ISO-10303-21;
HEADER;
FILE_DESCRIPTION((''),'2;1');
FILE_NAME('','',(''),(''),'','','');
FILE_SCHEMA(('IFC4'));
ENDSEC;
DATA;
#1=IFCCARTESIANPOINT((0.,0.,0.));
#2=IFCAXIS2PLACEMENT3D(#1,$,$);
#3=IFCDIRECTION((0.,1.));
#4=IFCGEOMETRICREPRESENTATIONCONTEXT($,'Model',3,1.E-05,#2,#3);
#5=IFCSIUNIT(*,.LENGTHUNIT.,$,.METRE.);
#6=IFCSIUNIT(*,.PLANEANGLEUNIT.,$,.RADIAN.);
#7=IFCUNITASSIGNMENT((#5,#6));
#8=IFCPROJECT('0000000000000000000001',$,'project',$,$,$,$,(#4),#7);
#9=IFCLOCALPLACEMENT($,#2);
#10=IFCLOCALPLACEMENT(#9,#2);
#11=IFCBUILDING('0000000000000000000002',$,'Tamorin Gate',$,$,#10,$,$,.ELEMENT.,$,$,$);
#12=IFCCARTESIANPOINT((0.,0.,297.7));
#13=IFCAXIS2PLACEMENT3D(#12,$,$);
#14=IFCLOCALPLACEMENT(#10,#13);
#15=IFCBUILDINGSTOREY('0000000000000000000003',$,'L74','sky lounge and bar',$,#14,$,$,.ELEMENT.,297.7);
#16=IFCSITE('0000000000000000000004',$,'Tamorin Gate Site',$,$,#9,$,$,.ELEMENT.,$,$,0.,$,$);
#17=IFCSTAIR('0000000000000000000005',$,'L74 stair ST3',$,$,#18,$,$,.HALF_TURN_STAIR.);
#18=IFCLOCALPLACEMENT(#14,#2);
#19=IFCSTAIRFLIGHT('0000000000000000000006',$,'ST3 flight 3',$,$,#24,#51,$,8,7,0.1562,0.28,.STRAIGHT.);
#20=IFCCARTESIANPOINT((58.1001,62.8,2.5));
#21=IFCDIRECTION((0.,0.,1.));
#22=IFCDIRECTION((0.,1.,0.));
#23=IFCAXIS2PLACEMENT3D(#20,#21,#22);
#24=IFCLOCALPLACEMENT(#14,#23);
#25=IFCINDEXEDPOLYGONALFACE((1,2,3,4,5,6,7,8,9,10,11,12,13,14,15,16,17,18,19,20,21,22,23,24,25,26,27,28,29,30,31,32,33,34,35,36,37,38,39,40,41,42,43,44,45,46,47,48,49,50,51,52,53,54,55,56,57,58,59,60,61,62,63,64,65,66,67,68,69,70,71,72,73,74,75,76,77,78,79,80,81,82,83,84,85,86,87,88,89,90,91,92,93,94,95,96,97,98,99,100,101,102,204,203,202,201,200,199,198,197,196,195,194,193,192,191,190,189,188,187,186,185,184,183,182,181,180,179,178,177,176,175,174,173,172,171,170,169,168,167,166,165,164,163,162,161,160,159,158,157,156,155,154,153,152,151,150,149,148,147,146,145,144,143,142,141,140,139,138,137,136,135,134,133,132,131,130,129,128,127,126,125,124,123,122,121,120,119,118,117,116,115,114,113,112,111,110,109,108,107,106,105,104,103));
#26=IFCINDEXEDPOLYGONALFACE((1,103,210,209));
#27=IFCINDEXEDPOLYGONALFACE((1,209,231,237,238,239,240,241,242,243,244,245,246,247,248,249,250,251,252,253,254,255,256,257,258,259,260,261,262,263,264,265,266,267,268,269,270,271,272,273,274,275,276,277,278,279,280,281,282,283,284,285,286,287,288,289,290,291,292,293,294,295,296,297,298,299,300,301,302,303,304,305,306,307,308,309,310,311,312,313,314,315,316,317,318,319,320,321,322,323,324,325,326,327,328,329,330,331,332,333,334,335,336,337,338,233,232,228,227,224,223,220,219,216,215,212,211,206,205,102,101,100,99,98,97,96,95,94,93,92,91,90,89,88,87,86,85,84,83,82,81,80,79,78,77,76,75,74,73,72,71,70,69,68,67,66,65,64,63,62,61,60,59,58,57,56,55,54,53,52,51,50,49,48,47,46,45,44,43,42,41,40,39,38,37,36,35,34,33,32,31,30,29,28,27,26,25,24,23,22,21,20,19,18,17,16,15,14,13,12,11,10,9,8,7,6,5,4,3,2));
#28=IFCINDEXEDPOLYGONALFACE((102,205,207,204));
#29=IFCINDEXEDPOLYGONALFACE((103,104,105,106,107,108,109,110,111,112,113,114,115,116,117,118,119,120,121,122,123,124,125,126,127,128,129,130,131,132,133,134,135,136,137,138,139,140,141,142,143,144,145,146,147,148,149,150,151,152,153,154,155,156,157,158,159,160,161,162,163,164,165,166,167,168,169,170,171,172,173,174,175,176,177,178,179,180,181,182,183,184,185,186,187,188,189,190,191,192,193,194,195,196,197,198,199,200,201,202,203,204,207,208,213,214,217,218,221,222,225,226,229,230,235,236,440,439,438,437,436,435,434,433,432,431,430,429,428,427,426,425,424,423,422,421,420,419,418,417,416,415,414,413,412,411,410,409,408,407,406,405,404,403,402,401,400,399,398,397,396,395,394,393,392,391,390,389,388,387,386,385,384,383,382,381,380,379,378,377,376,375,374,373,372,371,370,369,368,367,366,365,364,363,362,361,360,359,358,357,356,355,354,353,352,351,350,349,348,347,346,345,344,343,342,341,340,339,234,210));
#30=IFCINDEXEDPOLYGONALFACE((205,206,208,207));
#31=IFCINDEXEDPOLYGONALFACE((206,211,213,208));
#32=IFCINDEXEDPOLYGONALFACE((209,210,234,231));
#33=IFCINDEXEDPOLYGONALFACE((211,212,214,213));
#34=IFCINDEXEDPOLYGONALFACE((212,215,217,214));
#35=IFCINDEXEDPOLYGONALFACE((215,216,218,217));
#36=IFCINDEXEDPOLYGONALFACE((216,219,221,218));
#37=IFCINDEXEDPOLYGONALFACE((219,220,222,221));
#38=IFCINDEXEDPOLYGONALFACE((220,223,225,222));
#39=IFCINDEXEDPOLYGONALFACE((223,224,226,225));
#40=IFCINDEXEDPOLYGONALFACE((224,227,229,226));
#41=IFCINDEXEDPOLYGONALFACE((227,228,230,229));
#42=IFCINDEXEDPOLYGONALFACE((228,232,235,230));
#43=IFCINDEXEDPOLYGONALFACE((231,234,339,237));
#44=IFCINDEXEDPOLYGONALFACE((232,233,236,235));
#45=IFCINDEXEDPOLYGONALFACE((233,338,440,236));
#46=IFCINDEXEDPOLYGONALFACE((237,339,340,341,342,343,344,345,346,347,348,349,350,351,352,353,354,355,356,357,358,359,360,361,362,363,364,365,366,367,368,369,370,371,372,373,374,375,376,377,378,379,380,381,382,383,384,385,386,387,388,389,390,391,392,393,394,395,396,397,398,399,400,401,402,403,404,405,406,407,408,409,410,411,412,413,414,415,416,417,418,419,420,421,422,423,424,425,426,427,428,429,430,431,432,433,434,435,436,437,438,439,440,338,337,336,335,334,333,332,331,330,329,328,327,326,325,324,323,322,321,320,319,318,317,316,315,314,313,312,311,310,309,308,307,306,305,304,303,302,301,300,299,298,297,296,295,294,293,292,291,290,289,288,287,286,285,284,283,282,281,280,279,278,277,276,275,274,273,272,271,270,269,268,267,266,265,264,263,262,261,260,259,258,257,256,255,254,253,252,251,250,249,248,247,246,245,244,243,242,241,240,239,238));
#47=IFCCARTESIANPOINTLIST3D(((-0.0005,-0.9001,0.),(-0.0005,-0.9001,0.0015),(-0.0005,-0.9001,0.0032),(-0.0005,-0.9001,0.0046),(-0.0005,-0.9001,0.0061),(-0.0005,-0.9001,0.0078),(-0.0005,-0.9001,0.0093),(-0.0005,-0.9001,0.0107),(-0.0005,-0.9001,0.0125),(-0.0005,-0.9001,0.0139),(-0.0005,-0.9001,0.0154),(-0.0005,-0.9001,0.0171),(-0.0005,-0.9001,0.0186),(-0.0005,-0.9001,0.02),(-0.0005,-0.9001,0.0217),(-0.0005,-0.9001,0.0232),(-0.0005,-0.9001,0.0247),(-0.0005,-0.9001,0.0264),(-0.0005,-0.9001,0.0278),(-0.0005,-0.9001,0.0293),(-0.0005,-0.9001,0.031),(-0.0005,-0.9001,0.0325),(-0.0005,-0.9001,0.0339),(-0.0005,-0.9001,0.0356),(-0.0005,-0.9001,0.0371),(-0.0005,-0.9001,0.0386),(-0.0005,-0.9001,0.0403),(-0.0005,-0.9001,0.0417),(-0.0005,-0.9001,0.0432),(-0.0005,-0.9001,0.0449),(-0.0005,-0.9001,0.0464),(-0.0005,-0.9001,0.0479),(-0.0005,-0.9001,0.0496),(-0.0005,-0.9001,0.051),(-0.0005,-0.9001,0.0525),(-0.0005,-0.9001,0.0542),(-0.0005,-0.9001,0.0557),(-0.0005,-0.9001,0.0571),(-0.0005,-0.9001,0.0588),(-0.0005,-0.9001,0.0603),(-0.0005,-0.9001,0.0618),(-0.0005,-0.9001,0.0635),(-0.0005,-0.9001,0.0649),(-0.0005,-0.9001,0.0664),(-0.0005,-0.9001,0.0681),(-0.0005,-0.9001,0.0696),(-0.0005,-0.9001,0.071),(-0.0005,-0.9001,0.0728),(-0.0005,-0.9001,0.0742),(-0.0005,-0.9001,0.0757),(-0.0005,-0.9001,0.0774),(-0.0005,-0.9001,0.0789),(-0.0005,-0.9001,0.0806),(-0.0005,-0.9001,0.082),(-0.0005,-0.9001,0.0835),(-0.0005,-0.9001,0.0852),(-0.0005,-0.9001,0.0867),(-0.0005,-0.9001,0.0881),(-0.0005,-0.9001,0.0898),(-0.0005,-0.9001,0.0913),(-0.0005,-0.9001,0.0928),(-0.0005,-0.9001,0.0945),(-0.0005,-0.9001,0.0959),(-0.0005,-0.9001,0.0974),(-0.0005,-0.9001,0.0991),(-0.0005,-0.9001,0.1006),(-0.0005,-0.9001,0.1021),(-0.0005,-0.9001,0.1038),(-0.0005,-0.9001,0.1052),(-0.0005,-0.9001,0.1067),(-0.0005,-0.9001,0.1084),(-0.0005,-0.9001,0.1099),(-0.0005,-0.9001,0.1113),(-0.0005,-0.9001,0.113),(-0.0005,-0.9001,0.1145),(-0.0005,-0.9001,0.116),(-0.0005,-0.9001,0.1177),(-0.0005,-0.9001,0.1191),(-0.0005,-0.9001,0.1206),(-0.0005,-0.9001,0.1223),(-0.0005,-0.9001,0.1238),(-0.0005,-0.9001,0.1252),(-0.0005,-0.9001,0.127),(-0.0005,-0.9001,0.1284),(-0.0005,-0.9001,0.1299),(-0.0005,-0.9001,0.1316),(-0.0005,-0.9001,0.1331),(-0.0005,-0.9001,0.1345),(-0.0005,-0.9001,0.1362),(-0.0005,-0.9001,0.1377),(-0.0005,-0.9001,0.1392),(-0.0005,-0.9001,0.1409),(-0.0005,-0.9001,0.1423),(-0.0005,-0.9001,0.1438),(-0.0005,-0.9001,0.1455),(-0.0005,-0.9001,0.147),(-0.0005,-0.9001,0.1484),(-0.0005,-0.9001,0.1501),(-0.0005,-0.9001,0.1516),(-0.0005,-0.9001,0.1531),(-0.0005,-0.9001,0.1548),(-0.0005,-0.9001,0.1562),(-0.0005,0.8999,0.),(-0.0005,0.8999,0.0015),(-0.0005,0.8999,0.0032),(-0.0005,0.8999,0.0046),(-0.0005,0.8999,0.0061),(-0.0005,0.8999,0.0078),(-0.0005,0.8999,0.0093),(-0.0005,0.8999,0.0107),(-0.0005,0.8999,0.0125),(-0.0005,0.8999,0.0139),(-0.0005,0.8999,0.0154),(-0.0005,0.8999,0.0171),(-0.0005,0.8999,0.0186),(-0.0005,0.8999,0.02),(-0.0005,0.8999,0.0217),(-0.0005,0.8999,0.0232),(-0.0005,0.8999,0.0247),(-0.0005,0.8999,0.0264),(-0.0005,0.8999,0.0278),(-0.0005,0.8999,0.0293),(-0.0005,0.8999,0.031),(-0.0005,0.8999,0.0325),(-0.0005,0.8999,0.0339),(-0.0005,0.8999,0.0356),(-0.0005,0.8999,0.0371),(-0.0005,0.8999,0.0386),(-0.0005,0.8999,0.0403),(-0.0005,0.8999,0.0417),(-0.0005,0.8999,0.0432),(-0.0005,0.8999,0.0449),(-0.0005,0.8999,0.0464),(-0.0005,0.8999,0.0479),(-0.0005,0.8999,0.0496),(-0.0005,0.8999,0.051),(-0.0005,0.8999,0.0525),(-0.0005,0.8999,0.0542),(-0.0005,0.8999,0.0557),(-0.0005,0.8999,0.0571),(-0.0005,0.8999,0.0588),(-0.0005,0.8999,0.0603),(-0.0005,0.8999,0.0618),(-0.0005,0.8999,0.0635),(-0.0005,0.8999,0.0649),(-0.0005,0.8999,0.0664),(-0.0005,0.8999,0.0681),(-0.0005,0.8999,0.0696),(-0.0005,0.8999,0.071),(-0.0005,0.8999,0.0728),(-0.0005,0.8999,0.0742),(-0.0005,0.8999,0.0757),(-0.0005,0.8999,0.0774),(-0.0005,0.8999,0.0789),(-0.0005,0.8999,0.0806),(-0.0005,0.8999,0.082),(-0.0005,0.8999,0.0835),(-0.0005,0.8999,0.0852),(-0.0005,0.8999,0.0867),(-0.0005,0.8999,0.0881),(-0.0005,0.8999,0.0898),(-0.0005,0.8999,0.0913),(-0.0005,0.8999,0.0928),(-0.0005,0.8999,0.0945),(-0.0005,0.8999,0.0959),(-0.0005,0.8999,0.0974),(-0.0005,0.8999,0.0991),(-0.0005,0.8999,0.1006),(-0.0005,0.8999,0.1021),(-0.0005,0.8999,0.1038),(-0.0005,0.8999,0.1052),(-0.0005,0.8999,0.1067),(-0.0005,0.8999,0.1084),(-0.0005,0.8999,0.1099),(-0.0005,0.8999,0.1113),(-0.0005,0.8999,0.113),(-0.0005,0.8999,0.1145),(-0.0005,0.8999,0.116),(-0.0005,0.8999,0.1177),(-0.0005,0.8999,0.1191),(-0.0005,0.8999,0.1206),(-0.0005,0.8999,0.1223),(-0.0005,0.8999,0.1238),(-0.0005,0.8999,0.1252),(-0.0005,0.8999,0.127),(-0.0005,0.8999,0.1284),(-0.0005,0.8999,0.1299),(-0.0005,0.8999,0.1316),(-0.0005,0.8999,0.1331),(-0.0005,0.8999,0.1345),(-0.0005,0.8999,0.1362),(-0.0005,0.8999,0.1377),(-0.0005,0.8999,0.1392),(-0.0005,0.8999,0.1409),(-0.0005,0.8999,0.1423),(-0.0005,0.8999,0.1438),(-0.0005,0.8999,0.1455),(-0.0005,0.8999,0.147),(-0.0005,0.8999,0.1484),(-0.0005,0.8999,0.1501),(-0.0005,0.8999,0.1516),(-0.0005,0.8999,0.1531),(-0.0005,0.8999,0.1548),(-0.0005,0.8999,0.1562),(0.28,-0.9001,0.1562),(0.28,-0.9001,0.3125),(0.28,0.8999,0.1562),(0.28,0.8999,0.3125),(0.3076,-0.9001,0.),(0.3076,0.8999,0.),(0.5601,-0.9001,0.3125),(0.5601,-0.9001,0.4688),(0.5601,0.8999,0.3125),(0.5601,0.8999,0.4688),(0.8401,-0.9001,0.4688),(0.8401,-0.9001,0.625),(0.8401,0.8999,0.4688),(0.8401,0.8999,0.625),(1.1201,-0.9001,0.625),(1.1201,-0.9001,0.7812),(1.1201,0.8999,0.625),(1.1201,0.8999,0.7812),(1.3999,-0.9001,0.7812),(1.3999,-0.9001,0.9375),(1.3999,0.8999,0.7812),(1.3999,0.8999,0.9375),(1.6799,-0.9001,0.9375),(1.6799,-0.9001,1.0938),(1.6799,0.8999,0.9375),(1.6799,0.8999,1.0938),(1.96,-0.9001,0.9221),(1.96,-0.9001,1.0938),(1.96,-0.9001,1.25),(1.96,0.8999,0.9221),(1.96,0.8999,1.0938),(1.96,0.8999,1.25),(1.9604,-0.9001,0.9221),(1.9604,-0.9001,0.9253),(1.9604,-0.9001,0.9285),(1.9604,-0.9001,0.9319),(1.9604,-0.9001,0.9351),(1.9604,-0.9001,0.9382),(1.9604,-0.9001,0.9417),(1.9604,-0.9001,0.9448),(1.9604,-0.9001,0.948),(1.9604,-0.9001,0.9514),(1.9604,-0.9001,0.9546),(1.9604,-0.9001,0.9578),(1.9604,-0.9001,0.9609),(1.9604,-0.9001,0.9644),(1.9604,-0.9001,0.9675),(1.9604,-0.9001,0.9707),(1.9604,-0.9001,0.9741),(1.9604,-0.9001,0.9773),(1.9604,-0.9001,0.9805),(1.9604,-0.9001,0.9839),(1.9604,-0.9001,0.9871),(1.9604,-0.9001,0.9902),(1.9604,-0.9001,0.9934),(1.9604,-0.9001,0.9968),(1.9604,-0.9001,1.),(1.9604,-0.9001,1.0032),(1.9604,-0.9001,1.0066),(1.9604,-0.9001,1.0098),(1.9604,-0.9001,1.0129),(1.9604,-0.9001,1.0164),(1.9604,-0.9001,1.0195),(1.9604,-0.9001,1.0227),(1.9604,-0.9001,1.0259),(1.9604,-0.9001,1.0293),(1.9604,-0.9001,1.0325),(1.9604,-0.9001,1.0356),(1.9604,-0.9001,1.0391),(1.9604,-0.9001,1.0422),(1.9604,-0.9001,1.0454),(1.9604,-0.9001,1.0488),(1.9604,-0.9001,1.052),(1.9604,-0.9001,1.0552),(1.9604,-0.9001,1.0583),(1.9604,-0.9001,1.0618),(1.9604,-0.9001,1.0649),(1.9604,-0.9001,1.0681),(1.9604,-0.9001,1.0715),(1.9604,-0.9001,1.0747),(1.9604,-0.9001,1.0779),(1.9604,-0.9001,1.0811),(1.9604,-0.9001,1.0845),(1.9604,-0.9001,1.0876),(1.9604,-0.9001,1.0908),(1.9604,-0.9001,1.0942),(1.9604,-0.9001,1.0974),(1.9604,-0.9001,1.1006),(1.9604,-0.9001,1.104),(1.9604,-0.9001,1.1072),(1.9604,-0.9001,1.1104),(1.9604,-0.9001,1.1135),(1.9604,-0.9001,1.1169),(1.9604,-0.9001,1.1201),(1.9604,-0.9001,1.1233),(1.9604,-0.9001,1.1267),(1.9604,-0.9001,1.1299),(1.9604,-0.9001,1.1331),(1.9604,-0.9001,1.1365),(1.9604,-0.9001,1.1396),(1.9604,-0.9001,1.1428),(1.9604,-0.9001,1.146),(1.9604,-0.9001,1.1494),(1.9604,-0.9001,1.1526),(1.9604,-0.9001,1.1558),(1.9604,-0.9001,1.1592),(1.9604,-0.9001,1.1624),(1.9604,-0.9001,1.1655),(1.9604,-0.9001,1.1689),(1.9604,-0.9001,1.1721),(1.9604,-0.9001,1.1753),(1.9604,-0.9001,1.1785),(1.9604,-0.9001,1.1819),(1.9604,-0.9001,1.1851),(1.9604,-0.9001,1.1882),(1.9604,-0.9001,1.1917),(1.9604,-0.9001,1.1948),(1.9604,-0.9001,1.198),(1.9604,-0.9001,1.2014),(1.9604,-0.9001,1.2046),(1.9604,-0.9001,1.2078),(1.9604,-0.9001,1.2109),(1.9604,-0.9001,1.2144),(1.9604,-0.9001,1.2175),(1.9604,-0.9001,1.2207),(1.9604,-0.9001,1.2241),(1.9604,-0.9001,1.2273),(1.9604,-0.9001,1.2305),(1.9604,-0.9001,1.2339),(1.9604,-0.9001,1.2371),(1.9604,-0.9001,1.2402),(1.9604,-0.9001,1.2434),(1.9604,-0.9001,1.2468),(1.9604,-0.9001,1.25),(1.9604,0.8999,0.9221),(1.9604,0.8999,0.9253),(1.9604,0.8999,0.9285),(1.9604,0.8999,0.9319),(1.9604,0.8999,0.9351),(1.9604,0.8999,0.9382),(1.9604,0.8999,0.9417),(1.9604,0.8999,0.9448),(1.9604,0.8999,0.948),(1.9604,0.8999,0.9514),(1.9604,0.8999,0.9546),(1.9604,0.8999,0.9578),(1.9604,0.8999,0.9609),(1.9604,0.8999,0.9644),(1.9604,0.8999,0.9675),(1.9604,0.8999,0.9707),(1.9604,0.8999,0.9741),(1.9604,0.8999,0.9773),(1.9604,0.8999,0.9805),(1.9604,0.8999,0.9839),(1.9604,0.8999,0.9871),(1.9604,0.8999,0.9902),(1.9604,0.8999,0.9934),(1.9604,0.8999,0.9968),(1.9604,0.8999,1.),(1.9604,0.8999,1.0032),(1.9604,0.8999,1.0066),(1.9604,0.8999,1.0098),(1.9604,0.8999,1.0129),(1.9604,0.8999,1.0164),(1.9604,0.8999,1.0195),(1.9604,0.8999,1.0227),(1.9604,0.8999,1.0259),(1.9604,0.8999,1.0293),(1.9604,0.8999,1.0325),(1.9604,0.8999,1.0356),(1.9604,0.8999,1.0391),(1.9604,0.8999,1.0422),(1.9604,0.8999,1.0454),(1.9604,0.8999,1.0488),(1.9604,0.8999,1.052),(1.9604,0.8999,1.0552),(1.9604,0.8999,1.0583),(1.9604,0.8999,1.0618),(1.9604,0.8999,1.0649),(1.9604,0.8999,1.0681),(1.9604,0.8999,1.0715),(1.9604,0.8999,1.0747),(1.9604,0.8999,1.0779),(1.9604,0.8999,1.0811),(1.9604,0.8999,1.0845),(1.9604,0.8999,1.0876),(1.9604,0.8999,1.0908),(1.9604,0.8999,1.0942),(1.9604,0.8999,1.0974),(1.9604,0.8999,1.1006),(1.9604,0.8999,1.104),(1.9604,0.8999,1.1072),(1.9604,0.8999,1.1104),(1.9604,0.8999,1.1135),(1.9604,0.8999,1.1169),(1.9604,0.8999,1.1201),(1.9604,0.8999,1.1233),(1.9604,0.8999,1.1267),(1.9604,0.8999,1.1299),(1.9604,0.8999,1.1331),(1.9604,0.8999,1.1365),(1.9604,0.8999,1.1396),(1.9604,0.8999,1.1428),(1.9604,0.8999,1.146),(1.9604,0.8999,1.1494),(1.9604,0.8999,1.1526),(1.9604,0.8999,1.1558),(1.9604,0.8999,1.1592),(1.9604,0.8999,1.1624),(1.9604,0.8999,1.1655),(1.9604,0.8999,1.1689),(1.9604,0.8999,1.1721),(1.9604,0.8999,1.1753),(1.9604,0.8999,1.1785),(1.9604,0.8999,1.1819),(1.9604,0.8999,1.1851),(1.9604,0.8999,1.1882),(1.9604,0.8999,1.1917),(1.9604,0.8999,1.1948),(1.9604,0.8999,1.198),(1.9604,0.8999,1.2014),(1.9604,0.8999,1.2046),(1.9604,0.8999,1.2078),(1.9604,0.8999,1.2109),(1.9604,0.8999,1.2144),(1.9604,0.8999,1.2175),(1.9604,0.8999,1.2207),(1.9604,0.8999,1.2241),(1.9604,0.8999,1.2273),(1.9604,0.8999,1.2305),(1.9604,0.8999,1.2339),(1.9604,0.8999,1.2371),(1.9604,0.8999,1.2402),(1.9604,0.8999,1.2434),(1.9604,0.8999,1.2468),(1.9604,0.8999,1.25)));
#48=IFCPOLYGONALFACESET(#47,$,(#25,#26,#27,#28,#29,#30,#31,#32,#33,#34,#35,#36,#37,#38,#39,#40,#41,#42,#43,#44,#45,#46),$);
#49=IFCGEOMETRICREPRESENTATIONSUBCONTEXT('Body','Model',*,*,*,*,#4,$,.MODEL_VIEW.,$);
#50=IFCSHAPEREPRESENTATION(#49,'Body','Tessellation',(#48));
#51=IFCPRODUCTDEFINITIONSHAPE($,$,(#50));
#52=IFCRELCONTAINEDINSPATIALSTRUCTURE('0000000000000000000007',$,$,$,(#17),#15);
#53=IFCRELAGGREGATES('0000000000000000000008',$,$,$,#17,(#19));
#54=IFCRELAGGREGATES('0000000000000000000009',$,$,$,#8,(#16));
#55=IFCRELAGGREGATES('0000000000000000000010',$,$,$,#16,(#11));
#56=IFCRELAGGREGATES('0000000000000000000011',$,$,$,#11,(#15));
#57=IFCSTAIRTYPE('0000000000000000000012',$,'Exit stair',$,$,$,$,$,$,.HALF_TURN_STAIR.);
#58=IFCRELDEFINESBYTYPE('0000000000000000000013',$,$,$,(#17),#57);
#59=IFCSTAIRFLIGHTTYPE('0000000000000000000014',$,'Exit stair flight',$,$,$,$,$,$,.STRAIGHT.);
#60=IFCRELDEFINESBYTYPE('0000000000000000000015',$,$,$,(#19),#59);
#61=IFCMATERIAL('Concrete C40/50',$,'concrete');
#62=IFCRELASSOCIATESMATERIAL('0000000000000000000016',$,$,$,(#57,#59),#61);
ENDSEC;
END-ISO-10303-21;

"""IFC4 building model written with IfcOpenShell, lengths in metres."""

from ifc_helpers import new_model, si_unit, direction, frame, origin, place, context, subcontext, project, spatial, polyline, outline, extrude, material, type_object, element, aggregate, save


model = new_model("IFC4")

# Units and contexts
model_context = context("Model", 3, precision=1e-05, world=origin(), true_north=direction((0.0, 1.0)))
body_context = subcontext(model_context, "Body", "Model", "MODEL_VIEW")
ifc_project = project(units=[si_unit("LENGTHUNIT", "METRE"), si_unit("PLANEANGLEUNIT", "RADIAN")], contexts=[model_context])

# Site, building, storey
site_placement = place(None, origin())
site = spatial("IfcSite", under=ifc_project, at=site_placement, Name="Tamorin Gate Site", CompositionType="ELEMENT", RefElevation=0.0)
building_placement = place(site_placement, origin())
building = spatial("IfcBuilding", under=site, at=building_placement, Name="Tamorin Gate", CompositionType="ELEMENT")
storey_placement = place(building_placement, frame((0.0, 0.0, 297.7)))
storey = spatial("IfcBuildingStorey", under=building, at=storey_placement, Name="L74", Description="sky lounge and bar", CompositionType="ELEMENT", Elevation=297.7)

# Shared definitions
ifc_material_1 = material(Name="Concrete C40/50", Category="concrete")

# Stair, stair flight
stair_type = type_object("IfcStairType", Name="Exit stair", PredefinedType="HALF_TURN_STAIR", material=ifc_material_1)
stair_placement = place(storey_placement, origin())
stair = element("IfcStair", 1, at=stair_placement, inside=storey, type_object=stair_type, Name="L74 stair ST3", PredefinedType="HALF_TURN_STAIR")
stair_flight_type = type_object("IfcStairFlightType", Name="Exit stair flight", PredefinedType="STRAIGHT", material=ifc_material_1)
stair_flight_1_placement = place(storey_placement, frame((58.1001, 62.8, 2.5), z_axis=(0.0, 0.0, 1.0), x_axis=(0.0, 1.0, 0.0)))
stair_flight_1 = element("IfcStairFlight", 2, at=stair_flight_1_placement, type_object=stair_flight_type, Name="ST3 flight 3", NumberOfRisers=8, NumberOfTreads=7, PredefinedType="STRAIGHT", RiserHeight=0.1562, TreadLength=0.28, context=body_context, shape_type="SweptSolid", body=[
    extrude(outline(polyline([(-0.0005, 0.0), (-0.0005, 0.0015), (-0.0005, 0.0032), (-0.0005, 0.0046), (-0.0005, 0.0061), (-0.0005, 0.0078), (-0.0005, 0.0093), (-0.0005, 0.0107), (-0.0005, 0.0125), (-0.0005, 0.0139), (-0.0005, 0.0154), (-0.0005, 0.0171), (-0.0005, 0.0186), (-0.0005, 0.02), (-0.0005, 0.0217), (-0.0005, 0.0232), (-0.0005, 0.0247), (-0.0005, 0.0264), (-0.0005, 0.0278), (-0.0005, 0.0293), (-0.0005, 0.031), (-0.0005, 0.0325), (-0.0005, 0.0339), (-0.0005, 0.0356), (-0.0005, 0.0371), (-0.0005, 0.0386), (-0.0005, 0.0403), (-0.0005, 0.0417), (-0.0005, 0.0432), (-0.0005, 0.0449), (-0.0005, 0.0464), (-0.0005, 0.0479), (-0.0005, 0.0496), (-0.0005, 0.051), (-0.0005, 0.0525), (-0.0005, 0.0542), (-0.0005, 0.0557), (-0.0005, 0.0571), (-0.0005, 0.0588), (-0.0005, 0.0603), (-0.0005, 0.0618), (-0.0005, 0.0635), (-0.0005, 0.0649), (-0.0005, 0.0664), (-0.0005, 0.0681), (-0.0005, 0.0696), (-0.0005, 0.071), (-0.0005, 0.0728), (-0.0005, 0.0742), (-0.0005, 0.0757), (-0.0005, 0.0774), (-0.0005, 0.0789), (-0.0005, 0.0806), (-0.0005, 0.082), (-0.0005, 0.0835), (-0.0005, 0.0852), (-0.0005, 0.0867), (-0.0005, 0.0881), (-0.0005, 0.0898), (-0.0005, 0.0913), (-0.0005, 0.0928), (-0.0005, 0.0945), (-0.0005, 0.0959), (-0.0005, 0.0974), (-0.0005, 0.0991), (-0.0005, 0.1006), (-0.0005, 0.1021), (-0.0005, 0.1038), (-0.0005, 0.1052), (-0.0005, 0.1067), (-0.0005, 0.1084), (-0.0005, 0.1099), (-0.0005, 0.1113), (-0.0005, 0.113), (-0.0005, 0.1145), (-0.0005, 0.116), (-0.0005, 0.1177), (-0.0005, 0.1191), (-0.0005, 0.1206), (-0.0005, 0.1223), (-0.0005, 0.1238), (-0.0005, 0.1252), (-0.0005, 0.127), (-0.0005, 0.1284), (-0.0005, 0.1299), (-0.0005, 0.1316), (-0.0005, 0.1331), (-0.0005, 0.1345), (-0.0005, 0.1362), (-0.0005, 0.1377), (-0.0005, 0.1392), (-0.0005, 0.1409), (-0.0005, 0.1423), (-0.0005, 0.1438), (-0.0005, 0.1455), (-0.0005, 0.147), (-0.0005, 0.1484), (-0.0005, 0.1501), (-0.0005, 0.1516), (-0.0005, 0.1531), (-0.0005, 0.1548), (-0.0005, 0.1562), (0.28, 0.1562), (0.28, 0.3125), (0.5601, 0.3125), (0.5601, 0.4688), (0.8401, 0.4688), (0.8401, 0.625), (1.1201, 0.625), (1.1201, 0.7812), (1.3999, 0.7812), (1.3999, 0.9375), (1.6799, 0.9375), (1.6799, 1.0938), (1.96, 1.0938), (1.96, 1.25), (1.9604, 1.25), (1.9604, 1.2468), (1.9604, 1.2434), (1.9604, 1.2402), (1.9604, 1.2371), (1.9604, 1.2339), (1.9604, 1.2305), (1.9604, 1.2273), (1.9604, 1.2241), (1.9604, 1.2207), (1.9604, 1.2175), (1.9604, 1.2144), (1.9604, 1.2109), (1.9604, 1.2078), (1.9604, 1.2046), (1.9604, 1.2014), (1.9604, 1.198), (1.9604, 1.1948), (1.9604, 1.1917), (1.9604, 1.1882), (1.9604, 1.1851), (1.9604, 1.1819), (1.9604, 1.1785), (1.9604, 1.1753), (1.9604, 1.1721), (1.9604, 1.1689), (1.9604, 1.1655), (1.9604, 1.1624), (1.9604, 1.1592), (1.9604, 1.1558), (1.9604, 1.1526), (1.9604, 1.1494), (1.9604, 1.146), (1.9604, 1.1428), (1.9604, 1.1396), (1.9604, 1.1365), (1.9604, 1.1331), (1.9604, 1.1299), (1.9604, 1.1267), (1.9604, 1.1233), (1.9604, 1.1201), (1.9604, 1.1169), (1.9604, 1.1135), (1.9604, 1.1104), (1.9604, 1.1072), (1.9604, 1.104), (1.9604, 1.1006), (1.9604, 1.0974), (1.9604, 1.0942), (1.9604, 1.0908), (1.9604, 1.0876), (1.9604, 1.0845), (1.9604, 1.0811), (1.9604, 1.0779), (1.9604, 1.0747), (1.9604, 1.0715), (1.9604, 1.0681), (1.9604, 1.0649), (1.9604, 1.0618), (1.9604, 1.0583), (1.9604, 1.0552), (1.9604, 1.052), (1.9604, 1.0488), (1.9604, 1.0454), (1.9604, 1.0422), (1.9604, 1.0391), (1.9604, 1.0356), (1.9604, 1.0325), (1.9604, 1.0293), (1.9604, 1.0259), (1.9604, 1.0227), (1.9604, 1.0195), (1.9604, 1.0164), (1.9604, 1.0129), (1.9604, 1.0098), (1.9604, 1.0066), (1.9604, 1.0032), (1.9604, 1.0), (1.9604, 0.9968), (1.9604, 0.9934), (1.9604, 0.9902), (1.9604, 0.9871), (1.9604, 0.9839), (1.9604, 0.9805), (1.9604, 0.9773), (1.9604, 0.9741), (1.9604, 0.9707), (1.9604, 0.9675), (1.9604, 0.9644), (1.9604, 0.9609), (1.9604, 0.9578), (1.9604, 0.9546), (1.9604, 0.9514), (1.9604, 0.948), (1.9604, 0.9448), (1.9604, 0.9417), (1.9604, 0.9382), (1.9604, 0.9351), (1.9604, 0.9319), (1.9604, 0.9285), (1.9604, 0.9253), (1.9604, 0.9221), (1.96, 0.9221), (0.3076, 0.0), (-0.0005, 0.0)])), frame((0.0, 0.8999, 0.0), z_axis=(0.0, -1.0, 0.0), x_axis=(1.0, 0.0, 0.0)), (0.0, 0.0, 1.0), 1.8),
])
aggregate(stair, [stair_flight_1])

save(model, "model.ifc")
